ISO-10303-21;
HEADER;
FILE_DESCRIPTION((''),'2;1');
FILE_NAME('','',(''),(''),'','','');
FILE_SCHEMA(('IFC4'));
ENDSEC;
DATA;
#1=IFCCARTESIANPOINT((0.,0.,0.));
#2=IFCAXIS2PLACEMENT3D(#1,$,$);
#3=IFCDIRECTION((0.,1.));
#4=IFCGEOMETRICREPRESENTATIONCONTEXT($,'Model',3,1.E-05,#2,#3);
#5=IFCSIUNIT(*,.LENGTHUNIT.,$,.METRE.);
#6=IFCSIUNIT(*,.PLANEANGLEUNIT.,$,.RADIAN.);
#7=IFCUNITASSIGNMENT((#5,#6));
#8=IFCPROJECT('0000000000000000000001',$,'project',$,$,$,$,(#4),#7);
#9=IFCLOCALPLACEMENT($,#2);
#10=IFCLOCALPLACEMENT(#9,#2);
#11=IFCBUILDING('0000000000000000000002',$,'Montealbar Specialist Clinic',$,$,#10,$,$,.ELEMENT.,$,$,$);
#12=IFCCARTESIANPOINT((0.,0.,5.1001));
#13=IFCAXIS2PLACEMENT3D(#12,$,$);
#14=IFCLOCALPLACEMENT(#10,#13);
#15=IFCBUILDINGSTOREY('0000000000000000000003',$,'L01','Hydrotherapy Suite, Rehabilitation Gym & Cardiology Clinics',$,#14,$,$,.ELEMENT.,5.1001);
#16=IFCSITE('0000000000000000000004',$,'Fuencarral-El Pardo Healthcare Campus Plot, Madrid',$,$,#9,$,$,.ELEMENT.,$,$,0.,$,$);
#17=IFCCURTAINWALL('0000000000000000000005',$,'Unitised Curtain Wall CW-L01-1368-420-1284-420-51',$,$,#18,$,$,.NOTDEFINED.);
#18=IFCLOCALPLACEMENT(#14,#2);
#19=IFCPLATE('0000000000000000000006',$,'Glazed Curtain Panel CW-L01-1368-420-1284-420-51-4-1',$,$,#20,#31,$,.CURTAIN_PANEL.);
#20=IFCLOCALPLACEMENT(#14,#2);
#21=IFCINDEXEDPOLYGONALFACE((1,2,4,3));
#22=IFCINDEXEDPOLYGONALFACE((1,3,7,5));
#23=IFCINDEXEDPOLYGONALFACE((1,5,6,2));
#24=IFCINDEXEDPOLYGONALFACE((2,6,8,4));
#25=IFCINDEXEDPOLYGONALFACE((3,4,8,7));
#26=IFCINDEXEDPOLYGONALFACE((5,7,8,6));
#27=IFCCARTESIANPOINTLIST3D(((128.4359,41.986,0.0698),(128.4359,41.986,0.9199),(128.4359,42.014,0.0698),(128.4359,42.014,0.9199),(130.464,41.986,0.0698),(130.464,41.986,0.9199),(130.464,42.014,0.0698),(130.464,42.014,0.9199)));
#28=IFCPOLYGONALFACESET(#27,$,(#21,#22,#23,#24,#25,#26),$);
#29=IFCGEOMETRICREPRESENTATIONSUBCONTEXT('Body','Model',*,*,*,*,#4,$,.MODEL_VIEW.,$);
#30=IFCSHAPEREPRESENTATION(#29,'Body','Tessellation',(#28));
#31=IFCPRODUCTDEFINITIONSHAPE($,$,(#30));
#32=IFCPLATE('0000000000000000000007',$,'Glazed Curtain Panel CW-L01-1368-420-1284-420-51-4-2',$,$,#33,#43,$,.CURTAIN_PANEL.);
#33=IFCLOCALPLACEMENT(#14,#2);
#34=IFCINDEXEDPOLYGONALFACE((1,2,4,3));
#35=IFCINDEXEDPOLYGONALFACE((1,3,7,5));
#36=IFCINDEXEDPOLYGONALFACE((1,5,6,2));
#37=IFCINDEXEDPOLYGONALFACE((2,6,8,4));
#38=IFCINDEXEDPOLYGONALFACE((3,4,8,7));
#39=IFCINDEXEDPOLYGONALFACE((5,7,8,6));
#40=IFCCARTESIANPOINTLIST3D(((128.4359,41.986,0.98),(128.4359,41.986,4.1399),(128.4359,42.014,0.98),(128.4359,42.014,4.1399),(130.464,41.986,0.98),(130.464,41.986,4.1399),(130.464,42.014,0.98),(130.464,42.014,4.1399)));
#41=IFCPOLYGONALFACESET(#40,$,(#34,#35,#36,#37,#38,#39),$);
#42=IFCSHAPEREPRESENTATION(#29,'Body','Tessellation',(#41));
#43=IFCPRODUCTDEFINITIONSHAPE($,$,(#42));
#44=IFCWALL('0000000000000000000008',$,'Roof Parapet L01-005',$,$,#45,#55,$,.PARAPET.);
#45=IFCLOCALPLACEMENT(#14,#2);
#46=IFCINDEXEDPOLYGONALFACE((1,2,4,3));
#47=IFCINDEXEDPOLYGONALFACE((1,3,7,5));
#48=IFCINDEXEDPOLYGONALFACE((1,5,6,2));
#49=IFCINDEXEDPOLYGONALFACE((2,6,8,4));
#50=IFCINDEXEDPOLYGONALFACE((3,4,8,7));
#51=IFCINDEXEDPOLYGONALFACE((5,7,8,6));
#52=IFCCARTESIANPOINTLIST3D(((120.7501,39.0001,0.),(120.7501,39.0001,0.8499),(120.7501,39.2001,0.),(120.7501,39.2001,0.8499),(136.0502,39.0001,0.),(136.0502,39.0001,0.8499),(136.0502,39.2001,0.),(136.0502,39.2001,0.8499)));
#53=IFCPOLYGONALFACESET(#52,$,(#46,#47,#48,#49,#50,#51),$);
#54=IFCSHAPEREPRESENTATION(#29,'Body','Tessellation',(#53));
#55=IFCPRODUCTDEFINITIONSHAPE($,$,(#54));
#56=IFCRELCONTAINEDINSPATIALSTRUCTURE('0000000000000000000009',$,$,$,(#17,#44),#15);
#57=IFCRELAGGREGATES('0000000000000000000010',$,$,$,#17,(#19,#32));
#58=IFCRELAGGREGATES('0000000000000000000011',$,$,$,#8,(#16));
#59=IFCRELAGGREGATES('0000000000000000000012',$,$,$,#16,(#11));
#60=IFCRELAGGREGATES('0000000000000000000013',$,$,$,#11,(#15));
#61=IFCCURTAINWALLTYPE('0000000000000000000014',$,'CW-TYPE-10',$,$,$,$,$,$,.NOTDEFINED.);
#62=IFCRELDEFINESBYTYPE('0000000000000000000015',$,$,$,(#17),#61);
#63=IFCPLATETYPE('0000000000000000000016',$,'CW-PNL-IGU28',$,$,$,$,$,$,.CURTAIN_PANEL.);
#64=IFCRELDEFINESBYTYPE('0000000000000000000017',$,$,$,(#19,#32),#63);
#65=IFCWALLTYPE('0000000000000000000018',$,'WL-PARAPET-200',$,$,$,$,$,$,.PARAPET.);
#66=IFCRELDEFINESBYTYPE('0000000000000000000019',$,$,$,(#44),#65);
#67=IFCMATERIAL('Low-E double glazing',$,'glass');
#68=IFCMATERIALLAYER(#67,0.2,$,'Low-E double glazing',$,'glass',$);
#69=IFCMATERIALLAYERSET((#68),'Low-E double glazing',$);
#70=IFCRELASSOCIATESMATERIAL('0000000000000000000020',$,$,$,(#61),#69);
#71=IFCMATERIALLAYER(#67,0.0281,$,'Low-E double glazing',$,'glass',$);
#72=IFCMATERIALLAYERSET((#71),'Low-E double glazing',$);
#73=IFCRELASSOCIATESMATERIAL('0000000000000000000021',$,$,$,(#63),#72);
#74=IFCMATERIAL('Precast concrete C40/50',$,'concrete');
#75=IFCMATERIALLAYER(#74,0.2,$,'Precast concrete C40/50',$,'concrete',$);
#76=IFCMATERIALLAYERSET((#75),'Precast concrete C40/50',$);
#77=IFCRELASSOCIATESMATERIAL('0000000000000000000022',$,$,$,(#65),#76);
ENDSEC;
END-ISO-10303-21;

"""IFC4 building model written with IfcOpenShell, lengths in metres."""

from ifc_helpers import new_model, si_unit, direction, frame, frame_2d, origin, origin_2d, place, context, subcontext, project, spatial, rectangle, extrude, material, layer, layer_set, type_object, element, aggregate, save


model = new_model("IFC4")

# Units and contexts
model_context = context("Model", 3, precision=1e-05, world=origin(), true_north=direction((0.0, 1.0)))
body_context = subcontext(model_context, "Body", "Model", "MODEL_VIEW")
ifc_project = project(units=[si_unit("LENGTHUNIT", "METRE"), si_unit("PLANEANGLEUNIT", "RADIAN")], contexts=[model_context])

# Site, building, storey
site_placement = place(None, origin())
site = spatial("IfcSite", under=ifc_project, at=site_placement, Name="Fuencarral-El Pardo Healthcare Campus Plot, Madrid", CompositionType="ELEMENT", RefElevation=0.0)
building_placement = place(site_placement, origin())
building = spatial("IfcBuilding", under=site, at=building_placement, Name="Montealbar Specialist Clinic", CompositionType="ELEMENT")
storey_placement = place(building_placement, frame((0.0, 0.0, 5.1001)))
storey = spatial("IfcBuildingStorey", under=building, at=storey_placement, Name="L01", Description="Hydrotherapy Suite, Rehabilitation Gym & Cardiology Clinics", CompositionType="ELEMENT", Elevation=5.1001)

# Curtain wall, plates
ifc_material_1 = material(Name="Low-E double glazing", Category="glass")
ifc_layer_1 = layer(ifc_material_1, 0.2, Name="Low-E double glazing", Category="glass")
ifc_layer_set_1 = layer_set([ifc_layer_1], Name="Low-E double glazing")
curtain_wall_type = type_object("IfcCurtainWallType", Name="CW-TYPE-10", PredefinedType="NOTDEFINED", material=ifc_layer_set_1)
curtain_wall_placement = place(storey_placement, origin())
curtain_wall = element("IfcCurtainWall", 1, at=curtain_wall_placement, inside=storey, type_object=curtain_wall_type, Name="Unitised Curtain Wall CW-L01-1368-420-1284-420-51", PredefinedType="NOTDEFINED")
ifc_layer_2 = layer(ifc_material_1, 0.0281, Name="Low-E double glazing", Category="glass")
ifc_layer_set_2 = layer_set([ifc_layer_2], Name="Low-E double glazing")
plate_type = type_object("IfcPlateType", Name="CW-PNL-IGU28", PredefinedType="CURTAIN_PANEL", material=ifc_layer_set_2)
plate_1_placement = place(storey_placement, frame((129.45, 42.0, 0.0698), z_axis=(0.0, 0.0, 1.0), x_axis=(-1.0, 0.0, 0.0)))
plate_1 = element("IfcPlate", 2, at=plate_1_placement, type_object=plate_type, Name="Glazed Curtain Panel CW-L01-1368-420-1284-420-51-4-1", PredefinedType="CURTAIN_PANEL", context=body_context, shape_type="SweptSolid", body=[
    extrude(rectangle(XDim=2.0281, YDim=0.0281, at=origin_2d()), origin(), (0.0, 0.0, 1.0), 0.8501),
])
plate_2_placement = place(storey_placement, frame((129.45, 42.0, 0.98), z_axis=(0.0, 0.0, 1.0), x_axis=(-1.0, 0.0, 0.0)))
plate_2 = element("IfcPlate", 3, at=plate_2_placement, type_object=plate_type, Name="Glazed Curtain Panel CW-L01-1368-420-1284-420-51-4-2", PredefinedType="CURTAIN_PANEL", context=body_context, shape_type="SweptSolid", body=[
    extrude(rectangle(XDim=2.0281, YDim=0.0281, at=origin_2d()), origin(), (0.0, 0.0, 1.0), 3.1599),
])
aggregate(curtain_wall, [plate_1, plate_2])

# Wall
ifc_material_2 = material(Name="Precast concrete C40/50", Category="concrete")
ifc_layer_3 = layer(ifc_material_2, 0.2, Name="Precast concrete C40/50", Category="concrete")
ifc_layer_set_3 = layer_set([ifc_layer_3], Name="Precast concrete C40/50")
wall_type = type_object("IfcWallType", Name="WL-PARAPET-200", PredefinedType="PARAPET", material=ifc_layer_set_3)
wall_placement = place(storey_placement, frame((136.05, 39.1001, 0.0), z_axis=(0.0, 0.0, 1.0), x_axis=(-1.0, 0.0, 0.0)))
element("IfcWall", 4, at=wall_placement, inside=storey, type_object=wall_type, Name="Roof Parapet L01-005", PredefinedType="PARAPET", context=body_context, shape_type="SweptSolid", body=[
    extrude(rectangle(XDim=15.3, YDim=0.2, at=frame_2d((7.6499, 0.0))), origin(), (0.0, 0.0, 1.0), 0.8499),
])

save(model, "model.ifc")
